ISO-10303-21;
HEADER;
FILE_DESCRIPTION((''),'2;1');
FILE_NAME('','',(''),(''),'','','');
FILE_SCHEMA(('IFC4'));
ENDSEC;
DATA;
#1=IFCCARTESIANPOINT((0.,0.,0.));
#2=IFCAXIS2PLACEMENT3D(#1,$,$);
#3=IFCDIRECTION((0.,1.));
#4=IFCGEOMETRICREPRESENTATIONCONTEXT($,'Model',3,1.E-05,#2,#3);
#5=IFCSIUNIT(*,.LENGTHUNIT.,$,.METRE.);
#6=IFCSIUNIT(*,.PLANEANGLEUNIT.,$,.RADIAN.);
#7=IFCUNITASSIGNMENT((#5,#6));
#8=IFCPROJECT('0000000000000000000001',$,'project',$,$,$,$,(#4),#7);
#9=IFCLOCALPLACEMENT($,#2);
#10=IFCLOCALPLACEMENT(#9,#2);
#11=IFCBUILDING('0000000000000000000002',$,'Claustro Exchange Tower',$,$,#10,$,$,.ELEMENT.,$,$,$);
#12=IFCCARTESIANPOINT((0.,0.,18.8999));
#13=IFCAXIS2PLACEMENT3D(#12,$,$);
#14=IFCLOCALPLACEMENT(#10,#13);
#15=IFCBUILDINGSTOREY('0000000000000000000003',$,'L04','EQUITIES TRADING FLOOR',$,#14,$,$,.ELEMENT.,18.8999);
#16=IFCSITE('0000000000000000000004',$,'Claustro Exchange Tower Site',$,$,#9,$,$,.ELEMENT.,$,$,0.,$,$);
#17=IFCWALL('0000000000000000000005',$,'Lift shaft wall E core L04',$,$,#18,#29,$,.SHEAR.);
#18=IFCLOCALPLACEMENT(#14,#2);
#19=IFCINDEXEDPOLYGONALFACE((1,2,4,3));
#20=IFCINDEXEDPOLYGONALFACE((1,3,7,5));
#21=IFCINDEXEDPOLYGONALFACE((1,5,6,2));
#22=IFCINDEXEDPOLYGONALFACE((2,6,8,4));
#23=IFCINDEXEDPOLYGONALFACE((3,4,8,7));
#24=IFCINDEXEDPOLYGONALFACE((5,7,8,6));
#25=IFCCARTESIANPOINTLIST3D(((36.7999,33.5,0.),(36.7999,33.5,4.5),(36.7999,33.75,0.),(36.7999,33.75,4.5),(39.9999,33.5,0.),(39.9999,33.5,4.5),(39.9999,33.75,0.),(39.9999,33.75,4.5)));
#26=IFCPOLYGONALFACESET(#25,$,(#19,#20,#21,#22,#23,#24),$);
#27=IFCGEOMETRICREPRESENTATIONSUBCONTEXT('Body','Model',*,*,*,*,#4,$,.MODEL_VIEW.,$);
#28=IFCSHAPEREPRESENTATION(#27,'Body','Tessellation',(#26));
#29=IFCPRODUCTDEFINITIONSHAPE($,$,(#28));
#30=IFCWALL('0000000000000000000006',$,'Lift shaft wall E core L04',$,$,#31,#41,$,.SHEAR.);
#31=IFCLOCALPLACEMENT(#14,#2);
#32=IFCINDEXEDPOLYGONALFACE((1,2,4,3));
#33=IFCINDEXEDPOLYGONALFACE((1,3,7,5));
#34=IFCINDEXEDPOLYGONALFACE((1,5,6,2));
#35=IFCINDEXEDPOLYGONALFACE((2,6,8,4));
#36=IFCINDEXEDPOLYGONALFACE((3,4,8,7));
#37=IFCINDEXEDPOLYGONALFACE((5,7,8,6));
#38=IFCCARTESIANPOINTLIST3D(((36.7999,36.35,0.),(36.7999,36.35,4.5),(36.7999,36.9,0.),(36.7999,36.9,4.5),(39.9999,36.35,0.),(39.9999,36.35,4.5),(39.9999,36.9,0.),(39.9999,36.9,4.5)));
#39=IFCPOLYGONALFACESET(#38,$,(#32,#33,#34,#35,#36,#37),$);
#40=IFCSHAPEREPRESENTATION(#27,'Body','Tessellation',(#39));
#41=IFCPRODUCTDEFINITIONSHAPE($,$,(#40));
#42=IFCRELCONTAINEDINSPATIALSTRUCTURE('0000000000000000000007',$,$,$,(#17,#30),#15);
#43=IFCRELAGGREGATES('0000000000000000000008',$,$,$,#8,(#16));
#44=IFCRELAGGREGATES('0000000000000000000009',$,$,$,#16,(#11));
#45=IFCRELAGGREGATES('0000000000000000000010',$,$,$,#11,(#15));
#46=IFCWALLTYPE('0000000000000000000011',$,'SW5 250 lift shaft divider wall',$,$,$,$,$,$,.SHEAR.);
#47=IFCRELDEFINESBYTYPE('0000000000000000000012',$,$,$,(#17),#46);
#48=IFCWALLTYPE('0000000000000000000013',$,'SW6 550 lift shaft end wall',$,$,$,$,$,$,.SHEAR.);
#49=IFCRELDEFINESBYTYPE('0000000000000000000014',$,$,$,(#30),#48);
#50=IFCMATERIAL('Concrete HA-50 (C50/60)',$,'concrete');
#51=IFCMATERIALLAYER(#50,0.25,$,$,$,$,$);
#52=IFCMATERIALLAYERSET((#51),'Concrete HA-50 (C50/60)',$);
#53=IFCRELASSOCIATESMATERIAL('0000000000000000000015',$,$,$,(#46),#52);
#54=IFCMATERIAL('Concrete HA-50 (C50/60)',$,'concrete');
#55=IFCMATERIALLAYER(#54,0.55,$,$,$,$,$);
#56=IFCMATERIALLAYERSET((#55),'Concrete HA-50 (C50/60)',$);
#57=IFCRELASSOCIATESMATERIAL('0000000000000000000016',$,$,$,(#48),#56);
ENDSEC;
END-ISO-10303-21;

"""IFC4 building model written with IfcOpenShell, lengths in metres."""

from ifc_helpers import new_model, si_unit, direction, frame, frame_2d, origin, place, context, subcontext, project, spatial, rectangle, extrude, material, layer, layer_set, type_object, element, save


model = new_model("IFC4")

# Units and contexts
model_context = context("Model", 3, precision=1e-05, world=origin(), true_north=direction((0.0, 1.0)))
body_context = subcontext(model_context, "Body", "Model", "MODEL_VIEW")
ifc_project = project(units=[si_unit("LENGTHUNIT", "METRE"), si_unit("PLANEANGLEUNIT", "RADIAN")], contexts=[model_context])

# Site, building, storey
site_placement = place(None, origin())
site = spatial("IfcSite", under=ifc_project, at=site_placement, Name="Claustro Exchange Tower Site", CompositionType="ELEMENT", RefElevation=0.0)
building_placement = place(site_placement, origin())
building = spatial("IfcBuilding", under=site, at=building_placement, Name="Claustro Exchange Tower", CompositionType="ELEMENT")
storey_placement = place(building_placement, frame((0.0, 0.0, 18.8999)))
storey = spatial("IfcBuildingStorey", under=building, at=storey_placement, Name="L04", Description="EQUITIES TRADING FLOOR", CompositionType="ELEMENT", Elevation=18.8999)

# Walls
ifc_material_1 = material(Name="Concrete HA-50 (C50/60)", Category="concrete")
ifc_layer_1 = layer(ifc_material_1, 0.25)
ifc_layer_set_1 = layer_set([ifc_layer_1], Name="Concrete HA-50 (C50/60)")
wall_type_1 = type_object("IfcWallType", Name="SW5 250 lift shaft divider wall", PredefinedType="SHEAR", material=ifc_layer_set_1)
for number, where, z_axis, x_axis, name in (
    (1, (40.0, 33.625, 0.0), (0.0, 0.0, 1.0), (-1.0, 0.0, 0.0), "Lift shaft wall E core L04"),
):
    element("IfcWall", number, at=place(storey_placement, frame(where, z_axis=z_axis, x_axis=x_axis)), inside=storey, type_object=wall_type_1, Name=name, PredefinedType="SHEAR", context=body_context, shape_type="SweptSolid", body=[
        extrude(rectangle(XDim=3.2, YDim=0.25, at=frame_2d((1.6001, 0.0))), origin(), (0.0, 0.0, 1.0), 4.5),
    ])
ifc_material_2 = material(Name="Concrete HA-50 (C50/60)", Category="concrete")
ifc_layer_2 = layer(ifc_material_2, 0.55)
ifc_layer_set_2 = layer_set([ifc_layer_2], Name="Concrete HA-50 (C50/60)")
wall_type_2 = type_object("IfcWallType", Name="SW6 550 lift shaft end wall", PredefinedType="SHEAR", material=ifc_layer_set_2)
wall_1_placement = place(storey_placement, frame((40.0, 36.625, 0.0), z_axis=(0.0, 0.0, 1.0), x_axis=(-1.0, 0.0, 0.0)))
element("IfcWall", 2, at=wall_1_placement, inside=storey, type_object=wall_type_2, Name="Lift shaft wall E core L04", PredefinedType="SHEAR", context=body_context, shape_type="SweptSolid", body=[
    extrude(rectangle(XDim=3.2, YDim=0.55, at=frame_2d((1.6001, 0.0))), origin(), (0.0, 0.0, 1.0), 4.5),
])

save(model, "model.ifc")
